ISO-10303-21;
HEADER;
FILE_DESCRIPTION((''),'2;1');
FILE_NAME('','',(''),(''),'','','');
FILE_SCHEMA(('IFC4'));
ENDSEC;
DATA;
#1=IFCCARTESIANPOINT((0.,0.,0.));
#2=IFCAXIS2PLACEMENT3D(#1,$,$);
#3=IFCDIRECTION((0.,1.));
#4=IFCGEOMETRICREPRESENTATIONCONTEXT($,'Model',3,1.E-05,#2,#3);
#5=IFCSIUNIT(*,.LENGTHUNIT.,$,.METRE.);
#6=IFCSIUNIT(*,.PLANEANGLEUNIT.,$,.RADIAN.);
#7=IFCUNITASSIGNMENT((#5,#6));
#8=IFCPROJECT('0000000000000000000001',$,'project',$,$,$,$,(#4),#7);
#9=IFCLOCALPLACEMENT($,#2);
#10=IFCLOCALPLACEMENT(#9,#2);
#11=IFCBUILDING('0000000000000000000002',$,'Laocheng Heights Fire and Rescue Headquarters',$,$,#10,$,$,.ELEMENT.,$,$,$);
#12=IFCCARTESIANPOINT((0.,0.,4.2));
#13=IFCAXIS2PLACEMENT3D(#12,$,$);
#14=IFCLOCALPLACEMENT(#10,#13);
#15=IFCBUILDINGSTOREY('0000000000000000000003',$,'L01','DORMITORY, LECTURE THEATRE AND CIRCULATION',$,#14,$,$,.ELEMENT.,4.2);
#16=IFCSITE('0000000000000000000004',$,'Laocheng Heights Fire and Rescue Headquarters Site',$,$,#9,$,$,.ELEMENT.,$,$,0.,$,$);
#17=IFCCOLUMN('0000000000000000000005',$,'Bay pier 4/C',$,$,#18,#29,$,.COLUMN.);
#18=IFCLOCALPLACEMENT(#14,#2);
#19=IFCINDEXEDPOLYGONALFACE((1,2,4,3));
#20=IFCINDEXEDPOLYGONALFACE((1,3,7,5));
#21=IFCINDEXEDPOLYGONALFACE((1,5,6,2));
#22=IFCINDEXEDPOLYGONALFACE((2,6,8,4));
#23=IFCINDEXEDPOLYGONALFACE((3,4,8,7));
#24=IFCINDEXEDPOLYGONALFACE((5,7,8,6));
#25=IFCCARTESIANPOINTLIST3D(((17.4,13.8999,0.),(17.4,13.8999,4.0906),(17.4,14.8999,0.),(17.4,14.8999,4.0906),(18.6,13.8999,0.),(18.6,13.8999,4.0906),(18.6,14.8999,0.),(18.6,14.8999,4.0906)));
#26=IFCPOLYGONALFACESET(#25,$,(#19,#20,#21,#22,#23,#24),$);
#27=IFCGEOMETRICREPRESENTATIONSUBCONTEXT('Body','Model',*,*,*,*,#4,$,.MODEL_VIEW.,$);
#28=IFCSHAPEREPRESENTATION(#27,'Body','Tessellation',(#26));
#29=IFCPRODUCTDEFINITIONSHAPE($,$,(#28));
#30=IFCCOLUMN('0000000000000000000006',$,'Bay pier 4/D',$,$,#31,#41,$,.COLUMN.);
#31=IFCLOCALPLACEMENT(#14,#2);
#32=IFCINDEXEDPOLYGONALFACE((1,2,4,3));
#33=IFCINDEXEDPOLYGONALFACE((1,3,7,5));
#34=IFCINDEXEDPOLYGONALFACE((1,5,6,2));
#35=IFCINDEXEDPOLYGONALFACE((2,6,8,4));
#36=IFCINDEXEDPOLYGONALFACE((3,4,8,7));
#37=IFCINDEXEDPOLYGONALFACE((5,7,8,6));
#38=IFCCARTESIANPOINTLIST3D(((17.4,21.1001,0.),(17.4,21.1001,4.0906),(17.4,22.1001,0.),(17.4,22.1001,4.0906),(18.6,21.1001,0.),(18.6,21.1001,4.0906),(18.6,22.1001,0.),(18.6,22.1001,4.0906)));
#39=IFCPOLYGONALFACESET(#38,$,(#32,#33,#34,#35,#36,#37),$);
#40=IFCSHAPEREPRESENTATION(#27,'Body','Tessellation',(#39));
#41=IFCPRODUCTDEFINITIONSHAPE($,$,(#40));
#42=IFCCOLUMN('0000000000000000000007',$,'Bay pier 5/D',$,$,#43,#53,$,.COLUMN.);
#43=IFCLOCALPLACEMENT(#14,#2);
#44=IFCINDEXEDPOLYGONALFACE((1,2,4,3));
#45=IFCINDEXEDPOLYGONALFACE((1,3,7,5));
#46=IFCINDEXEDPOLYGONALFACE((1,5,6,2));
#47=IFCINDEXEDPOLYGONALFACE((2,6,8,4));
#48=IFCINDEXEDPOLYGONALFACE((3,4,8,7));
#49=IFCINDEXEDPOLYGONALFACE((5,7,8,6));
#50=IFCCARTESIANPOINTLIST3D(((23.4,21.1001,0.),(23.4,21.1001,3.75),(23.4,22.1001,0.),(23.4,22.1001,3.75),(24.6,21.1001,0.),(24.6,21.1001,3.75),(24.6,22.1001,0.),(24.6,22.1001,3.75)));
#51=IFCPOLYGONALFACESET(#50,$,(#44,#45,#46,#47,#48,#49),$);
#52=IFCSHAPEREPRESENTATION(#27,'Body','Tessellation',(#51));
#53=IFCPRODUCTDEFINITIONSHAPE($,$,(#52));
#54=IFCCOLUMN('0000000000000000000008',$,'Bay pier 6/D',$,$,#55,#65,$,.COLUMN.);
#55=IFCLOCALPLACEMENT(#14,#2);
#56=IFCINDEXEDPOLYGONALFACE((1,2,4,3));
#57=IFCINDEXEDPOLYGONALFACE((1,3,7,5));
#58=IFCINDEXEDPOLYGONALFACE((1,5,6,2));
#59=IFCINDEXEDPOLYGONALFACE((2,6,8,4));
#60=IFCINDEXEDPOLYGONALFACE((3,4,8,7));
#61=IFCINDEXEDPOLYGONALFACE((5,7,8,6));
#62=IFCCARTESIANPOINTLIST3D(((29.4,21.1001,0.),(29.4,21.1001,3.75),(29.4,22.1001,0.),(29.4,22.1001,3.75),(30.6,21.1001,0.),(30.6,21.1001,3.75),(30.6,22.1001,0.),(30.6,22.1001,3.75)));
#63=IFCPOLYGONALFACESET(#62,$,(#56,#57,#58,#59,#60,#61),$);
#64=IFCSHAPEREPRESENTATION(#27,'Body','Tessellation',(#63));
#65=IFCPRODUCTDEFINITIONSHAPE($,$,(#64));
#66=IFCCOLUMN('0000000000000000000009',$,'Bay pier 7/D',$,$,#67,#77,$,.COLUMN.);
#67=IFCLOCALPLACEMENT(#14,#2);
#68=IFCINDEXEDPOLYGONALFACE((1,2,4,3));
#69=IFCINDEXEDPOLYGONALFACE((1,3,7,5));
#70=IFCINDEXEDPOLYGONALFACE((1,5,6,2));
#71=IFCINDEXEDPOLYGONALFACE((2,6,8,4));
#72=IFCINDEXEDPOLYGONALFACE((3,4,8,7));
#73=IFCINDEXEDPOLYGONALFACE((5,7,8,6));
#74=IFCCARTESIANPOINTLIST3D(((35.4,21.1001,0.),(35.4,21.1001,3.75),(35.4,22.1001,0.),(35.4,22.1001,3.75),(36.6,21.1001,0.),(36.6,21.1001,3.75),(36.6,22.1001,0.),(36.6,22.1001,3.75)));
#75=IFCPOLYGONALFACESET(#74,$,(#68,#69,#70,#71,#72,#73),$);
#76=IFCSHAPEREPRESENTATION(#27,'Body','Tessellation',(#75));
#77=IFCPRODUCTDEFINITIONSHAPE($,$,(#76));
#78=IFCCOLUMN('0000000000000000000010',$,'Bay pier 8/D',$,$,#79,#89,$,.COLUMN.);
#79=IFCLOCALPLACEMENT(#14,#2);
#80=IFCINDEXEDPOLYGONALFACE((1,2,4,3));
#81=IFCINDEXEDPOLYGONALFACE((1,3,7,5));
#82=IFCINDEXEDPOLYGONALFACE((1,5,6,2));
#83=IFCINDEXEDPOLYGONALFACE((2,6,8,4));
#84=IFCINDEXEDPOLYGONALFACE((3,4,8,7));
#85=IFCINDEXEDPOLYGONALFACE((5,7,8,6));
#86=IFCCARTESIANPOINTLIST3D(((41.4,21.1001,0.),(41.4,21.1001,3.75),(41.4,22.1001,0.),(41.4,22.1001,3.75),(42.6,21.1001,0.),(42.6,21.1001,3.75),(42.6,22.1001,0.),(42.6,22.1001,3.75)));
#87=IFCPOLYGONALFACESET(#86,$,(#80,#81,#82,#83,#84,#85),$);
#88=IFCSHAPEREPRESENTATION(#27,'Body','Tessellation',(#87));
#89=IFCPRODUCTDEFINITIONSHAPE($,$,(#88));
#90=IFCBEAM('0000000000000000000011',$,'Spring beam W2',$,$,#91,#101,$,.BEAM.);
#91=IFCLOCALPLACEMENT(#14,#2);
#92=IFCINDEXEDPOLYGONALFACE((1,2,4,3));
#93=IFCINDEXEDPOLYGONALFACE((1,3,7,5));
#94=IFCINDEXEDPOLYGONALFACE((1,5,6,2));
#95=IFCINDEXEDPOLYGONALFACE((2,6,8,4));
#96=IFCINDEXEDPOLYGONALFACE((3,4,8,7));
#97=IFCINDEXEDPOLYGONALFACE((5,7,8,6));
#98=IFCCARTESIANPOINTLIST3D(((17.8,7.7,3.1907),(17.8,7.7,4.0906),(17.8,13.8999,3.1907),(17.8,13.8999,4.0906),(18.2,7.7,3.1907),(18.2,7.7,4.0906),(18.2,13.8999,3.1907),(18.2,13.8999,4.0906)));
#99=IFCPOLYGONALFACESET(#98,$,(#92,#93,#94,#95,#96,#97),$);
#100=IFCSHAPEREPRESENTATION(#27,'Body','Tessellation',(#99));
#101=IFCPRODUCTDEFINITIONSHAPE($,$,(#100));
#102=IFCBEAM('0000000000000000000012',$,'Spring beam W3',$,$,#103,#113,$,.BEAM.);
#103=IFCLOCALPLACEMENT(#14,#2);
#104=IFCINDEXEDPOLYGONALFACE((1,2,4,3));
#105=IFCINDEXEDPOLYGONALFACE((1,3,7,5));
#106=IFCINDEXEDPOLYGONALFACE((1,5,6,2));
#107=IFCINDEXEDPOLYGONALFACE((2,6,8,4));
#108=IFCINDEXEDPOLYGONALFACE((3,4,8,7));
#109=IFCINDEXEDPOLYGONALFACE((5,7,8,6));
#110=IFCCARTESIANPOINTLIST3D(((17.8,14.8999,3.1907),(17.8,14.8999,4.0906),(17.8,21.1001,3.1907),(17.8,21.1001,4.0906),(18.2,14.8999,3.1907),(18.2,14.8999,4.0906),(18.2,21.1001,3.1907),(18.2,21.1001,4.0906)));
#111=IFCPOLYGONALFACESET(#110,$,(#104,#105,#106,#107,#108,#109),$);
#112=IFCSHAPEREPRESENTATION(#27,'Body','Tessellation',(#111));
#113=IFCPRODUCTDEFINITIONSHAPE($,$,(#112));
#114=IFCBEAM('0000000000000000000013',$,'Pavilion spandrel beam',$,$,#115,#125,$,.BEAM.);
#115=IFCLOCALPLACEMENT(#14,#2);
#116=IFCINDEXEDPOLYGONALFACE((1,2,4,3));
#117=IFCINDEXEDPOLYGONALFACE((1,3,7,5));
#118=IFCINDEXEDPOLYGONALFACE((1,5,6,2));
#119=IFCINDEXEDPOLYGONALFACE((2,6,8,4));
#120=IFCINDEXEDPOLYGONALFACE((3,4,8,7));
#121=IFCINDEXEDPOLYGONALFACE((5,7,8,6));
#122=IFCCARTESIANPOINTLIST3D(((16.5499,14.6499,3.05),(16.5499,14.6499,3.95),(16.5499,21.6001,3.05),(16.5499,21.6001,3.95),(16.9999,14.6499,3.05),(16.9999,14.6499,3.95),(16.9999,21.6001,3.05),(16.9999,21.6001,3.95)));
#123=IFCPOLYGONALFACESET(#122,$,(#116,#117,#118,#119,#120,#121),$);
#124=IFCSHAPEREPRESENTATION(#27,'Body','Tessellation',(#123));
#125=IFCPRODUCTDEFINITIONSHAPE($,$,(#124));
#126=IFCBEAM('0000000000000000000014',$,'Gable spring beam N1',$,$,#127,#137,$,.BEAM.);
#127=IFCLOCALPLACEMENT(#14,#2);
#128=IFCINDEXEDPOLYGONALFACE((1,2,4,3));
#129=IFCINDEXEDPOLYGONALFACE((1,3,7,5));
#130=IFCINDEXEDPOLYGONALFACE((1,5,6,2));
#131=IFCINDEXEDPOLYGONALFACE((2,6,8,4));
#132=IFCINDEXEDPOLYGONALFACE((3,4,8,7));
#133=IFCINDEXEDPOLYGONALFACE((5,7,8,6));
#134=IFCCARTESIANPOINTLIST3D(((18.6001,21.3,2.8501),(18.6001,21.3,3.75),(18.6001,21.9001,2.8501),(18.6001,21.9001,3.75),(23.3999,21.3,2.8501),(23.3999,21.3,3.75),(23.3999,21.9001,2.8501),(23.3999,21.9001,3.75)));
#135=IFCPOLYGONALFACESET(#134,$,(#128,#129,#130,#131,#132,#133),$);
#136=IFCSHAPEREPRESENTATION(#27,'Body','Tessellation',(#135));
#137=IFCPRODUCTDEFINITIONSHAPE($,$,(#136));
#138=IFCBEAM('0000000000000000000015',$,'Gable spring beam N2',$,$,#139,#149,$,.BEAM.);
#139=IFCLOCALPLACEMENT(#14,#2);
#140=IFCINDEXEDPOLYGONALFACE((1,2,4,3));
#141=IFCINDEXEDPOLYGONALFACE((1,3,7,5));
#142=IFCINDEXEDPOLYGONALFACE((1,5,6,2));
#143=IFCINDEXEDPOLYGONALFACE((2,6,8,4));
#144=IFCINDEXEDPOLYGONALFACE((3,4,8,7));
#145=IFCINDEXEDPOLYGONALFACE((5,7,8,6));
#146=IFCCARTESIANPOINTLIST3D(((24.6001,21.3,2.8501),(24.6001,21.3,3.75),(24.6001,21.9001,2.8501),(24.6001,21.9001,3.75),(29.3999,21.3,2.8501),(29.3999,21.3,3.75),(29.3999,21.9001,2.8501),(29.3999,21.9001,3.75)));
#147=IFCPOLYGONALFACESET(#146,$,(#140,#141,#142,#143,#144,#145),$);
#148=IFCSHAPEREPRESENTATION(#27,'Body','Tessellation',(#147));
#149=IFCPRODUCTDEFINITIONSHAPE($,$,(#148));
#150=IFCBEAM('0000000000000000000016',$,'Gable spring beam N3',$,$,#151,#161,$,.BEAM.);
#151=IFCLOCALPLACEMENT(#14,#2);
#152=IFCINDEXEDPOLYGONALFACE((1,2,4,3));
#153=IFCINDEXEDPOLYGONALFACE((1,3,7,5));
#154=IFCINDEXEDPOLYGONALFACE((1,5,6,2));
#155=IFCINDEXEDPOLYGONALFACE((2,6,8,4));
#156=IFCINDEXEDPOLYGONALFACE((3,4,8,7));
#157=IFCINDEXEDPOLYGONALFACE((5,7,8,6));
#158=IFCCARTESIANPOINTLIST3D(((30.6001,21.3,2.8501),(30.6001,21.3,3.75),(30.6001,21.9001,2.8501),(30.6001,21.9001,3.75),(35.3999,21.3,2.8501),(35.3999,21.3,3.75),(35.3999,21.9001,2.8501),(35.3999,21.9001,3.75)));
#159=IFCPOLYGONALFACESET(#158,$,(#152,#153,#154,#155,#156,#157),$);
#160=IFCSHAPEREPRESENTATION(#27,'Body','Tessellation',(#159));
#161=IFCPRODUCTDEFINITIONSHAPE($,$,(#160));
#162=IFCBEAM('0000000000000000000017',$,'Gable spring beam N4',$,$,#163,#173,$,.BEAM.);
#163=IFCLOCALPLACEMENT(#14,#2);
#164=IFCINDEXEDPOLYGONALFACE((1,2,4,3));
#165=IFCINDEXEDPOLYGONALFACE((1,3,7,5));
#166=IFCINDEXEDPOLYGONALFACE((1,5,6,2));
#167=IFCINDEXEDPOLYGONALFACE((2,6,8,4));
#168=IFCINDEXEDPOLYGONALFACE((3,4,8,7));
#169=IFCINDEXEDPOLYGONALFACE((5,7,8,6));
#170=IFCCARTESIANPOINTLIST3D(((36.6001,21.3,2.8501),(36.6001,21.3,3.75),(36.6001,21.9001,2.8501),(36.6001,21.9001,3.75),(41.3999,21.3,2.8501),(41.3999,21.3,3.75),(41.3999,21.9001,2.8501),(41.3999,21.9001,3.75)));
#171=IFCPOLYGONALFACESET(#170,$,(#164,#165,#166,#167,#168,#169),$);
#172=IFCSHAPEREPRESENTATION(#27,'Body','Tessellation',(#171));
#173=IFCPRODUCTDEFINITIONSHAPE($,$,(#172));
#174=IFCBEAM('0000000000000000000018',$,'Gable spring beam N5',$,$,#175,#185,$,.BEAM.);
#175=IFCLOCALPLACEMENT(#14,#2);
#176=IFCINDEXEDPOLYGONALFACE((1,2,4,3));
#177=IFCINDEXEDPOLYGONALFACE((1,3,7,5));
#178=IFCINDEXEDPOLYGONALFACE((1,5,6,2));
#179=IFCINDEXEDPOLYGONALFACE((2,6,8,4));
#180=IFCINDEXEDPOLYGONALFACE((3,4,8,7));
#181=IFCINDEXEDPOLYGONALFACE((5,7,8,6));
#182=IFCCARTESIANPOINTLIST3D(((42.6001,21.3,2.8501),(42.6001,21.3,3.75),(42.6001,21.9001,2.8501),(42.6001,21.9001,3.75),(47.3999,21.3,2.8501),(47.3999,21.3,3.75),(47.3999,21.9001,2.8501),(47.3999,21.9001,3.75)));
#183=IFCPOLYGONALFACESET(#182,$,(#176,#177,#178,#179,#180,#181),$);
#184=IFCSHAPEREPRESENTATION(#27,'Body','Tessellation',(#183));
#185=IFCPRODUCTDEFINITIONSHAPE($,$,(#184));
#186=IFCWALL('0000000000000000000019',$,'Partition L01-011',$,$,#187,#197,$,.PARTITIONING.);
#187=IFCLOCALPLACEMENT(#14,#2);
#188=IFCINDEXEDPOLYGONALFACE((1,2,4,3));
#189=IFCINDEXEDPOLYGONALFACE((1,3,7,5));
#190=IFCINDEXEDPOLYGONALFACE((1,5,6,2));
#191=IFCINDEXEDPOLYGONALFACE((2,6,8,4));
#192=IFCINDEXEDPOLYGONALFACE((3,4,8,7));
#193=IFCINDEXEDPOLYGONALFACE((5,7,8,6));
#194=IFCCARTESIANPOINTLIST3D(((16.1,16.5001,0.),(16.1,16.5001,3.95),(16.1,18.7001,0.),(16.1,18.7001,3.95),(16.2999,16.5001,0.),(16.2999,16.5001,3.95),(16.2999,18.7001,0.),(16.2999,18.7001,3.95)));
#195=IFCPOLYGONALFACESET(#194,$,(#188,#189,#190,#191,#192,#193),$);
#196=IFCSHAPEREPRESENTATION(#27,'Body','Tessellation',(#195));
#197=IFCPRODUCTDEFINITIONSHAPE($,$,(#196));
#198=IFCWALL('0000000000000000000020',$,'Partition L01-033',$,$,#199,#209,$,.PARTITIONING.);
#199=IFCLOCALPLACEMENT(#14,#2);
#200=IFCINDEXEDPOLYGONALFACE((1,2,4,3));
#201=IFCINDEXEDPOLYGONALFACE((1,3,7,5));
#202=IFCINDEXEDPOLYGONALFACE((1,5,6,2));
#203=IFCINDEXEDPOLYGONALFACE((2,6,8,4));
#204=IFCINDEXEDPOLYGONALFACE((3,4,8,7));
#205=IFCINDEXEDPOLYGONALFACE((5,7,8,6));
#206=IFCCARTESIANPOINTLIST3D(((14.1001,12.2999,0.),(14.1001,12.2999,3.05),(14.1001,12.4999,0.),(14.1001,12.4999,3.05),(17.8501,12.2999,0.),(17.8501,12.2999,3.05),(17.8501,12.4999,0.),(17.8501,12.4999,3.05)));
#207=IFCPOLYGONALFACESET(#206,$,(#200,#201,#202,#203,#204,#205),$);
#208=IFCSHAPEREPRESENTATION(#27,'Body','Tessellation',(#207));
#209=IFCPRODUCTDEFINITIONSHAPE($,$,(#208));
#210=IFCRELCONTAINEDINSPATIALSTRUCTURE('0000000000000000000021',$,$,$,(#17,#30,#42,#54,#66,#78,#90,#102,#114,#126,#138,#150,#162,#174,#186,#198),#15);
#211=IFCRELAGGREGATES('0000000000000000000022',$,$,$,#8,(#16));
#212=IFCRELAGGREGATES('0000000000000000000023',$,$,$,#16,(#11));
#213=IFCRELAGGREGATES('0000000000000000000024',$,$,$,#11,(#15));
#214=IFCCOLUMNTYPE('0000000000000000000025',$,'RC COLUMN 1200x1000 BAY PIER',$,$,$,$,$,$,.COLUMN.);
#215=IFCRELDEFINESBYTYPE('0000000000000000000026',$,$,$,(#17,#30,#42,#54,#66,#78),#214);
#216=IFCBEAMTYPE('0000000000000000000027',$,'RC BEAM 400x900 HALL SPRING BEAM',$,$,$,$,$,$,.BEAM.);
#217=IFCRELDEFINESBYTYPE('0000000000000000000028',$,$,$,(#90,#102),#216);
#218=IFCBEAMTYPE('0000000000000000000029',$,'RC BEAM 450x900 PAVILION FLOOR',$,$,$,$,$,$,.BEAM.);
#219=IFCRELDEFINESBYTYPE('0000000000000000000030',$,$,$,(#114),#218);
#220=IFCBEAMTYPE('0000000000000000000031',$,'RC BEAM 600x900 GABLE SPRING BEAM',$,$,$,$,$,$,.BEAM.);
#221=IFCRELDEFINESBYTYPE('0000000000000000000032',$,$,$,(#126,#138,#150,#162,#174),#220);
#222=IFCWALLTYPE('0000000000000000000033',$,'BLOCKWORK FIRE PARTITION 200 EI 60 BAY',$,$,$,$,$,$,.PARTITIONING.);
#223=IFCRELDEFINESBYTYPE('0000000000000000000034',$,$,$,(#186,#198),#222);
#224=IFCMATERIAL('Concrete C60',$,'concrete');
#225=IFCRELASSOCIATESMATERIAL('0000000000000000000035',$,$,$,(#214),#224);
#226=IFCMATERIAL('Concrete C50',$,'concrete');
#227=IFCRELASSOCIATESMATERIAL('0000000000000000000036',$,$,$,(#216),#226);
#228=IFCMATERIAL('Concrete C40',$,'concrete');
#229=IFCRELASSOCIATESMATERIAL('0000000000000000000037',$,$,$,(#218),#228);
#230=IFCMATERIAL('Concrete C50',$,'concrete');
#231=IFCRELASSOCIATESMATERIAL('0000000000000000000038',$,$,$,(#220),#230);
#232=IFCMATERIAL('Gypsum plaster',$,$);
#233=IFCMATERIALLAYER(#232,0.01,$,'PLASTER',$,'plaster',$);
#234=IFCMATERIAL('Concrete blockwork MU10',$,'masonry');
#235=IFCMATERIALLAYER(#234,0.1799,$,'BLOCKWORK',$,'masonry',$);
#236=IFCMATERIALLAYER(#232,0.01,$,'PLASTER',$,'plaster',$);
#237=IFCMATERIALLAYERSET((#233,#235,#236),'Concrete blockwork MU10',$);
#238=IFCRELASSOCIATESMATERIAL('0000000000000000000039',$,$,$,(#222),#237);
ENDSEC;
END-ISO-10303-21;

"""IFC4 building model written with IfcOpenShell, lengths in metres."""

from ifc_helpers import new_model, si_unit, direction, frame, frame_2d, origin, origin_2d, place, context, subcontext, project, spatial, rectangle, extrude, material, layer, layer_set, material_profile, profile_set, type_object, element, save


model = new_model("IFC4")

# Units and contexts
model_context = context("Model", 3, precision=1e-05, world=origin(), true_north=direction((0.0, 1.0)))
body_context = subcontext(model_context, "Body", "Model", "MODEL_VIEW")
ifc_project = project(units=[si_unit("LENGTHUNIT", "METRE"), si_unit("PLANEANGLEUNIT", "RADIAN")], contexts=[model_context])

# Site, building, storey
site_placement = place(None, origin())
site = spatial("IfcSite", under=ifc_project, at=site_placement, Name="Laocheng Heights Fire and Rescue Headquarters Site", CompositionType="ELEMENT", RefElevation=0.0)
building_placement = place(site_placement, origin())
building = spatial("IfcBuilding", under=site, at=building_placement, Name="Laocheng Heights Fire and Rescue Headquarters", CompositionType="ELEMENT")
storey_placement = place(building_placement, frame((0.0, 0.0, 4.2)))
storey = spatial("IfcBuildingStorey", under=building, at=storey_placement, Name="L01", Description="DORMITORY, LECTURE THEATRE AND CIRCULATION", CompositionType="ELEMENT", Elevation=4.2)

# Columns
ifc_material_1 = material(Name="Concrete C60", Category="concrete")
ifc_material_profile_1 = material_profile(ifc_material_1, rectangle(XDim=1.2, YDim=1.0, at=origin_2d()), Name="RC COLUMN 1200x1000 BAY PIER")
ifc_profile_set_1 = profile_set([ifc_material_profile_1], Name="Concrete C60")
column_type = type_object("IfcColumnType", Name="RC COLUMN 1200x1000 BAY PIER", PredefinedType="COLUMN", material=ifc_profile_set_1)
for number, where, z_axis, x_axis, name in (
    (1, (18.0, 14.3999, 0.0), (0.0, 0.0, 1.0), (1.0, 0.0, 0.0), "Bay pier 4/C"),
    (2, (18.0, 21.6001, 0.0), (0.0, 0.0, 1.0), (1.0, 0.0, 0.0), "Bay pier 4/D"),
):
    element("IfcColumn", number, at=place(storey_placement, frame(where, z_axis=z_axis, x_axis=x_axis)), inside=storey, type_object=column_type, Name=name, PredefinedType="COLUMN", context=body_context, shape_type="SweptSolid", body=[
        extrude(rectangle(XDim=1.2, YDim=1.0, at=origin_2d()), origin(), (0.0, 0.0, 1.0), 4.0906),
    ])
for number, where, z_axis, x_axis, name in (
    (3, (24.0, 21.6001, 0.0), (0.0, 0.0, 1.0), (1.0, 0.0, 0.0), "Bay pier 5/D"),
    (4, (30.0, 21.6001, 0.0), (0.0, 0.0, 1.0), (1.0, 0.0, 0.0), "Bay pier 6/D"),
    (5, (36.0, 21.6001, 0.0), (0.0, 0.0, 1.0), (1.0, 0.0, 0.0), "Bay pier 7/D"),
    (6, (42.0, 21.6001, 0.0), (0.0, 0.0, 1.0), (1.0, 0.0, 0.0), "Bay pier 8/D"),
):
    element("IfcColumn", number, at=place(storey_placement, frame(where, z_axis=z_axis, x_axis=x_axis)), inside=storey, type_object=column_type, Name=name, PredefinedType="COLUMN", context=body_context, shape_type="SweptSolid", body=[
        extrude(rectangle(XDim=1.2, YDim=1.0, at=origin_2d()), origin(), (0.0, 0.0, 1.0), 3.75),
    ])

# Beams
ifc_material_2 = material(Name="Concrete C50", Category="concrete")
ifc_material_profile_2 = material_profile(ifc_material_2, rectangle(XDim=0.3999, YDim=0.8999, at=origin_2d()), Name="RC BEAM 400x900 HALL SPRING BEAM")
ifc_profile_set_2 = profile_set([ifc_material_profile_2], Name="Concrete C50")
beam_type_1 = type_object("IfcBeamType", Name="RC BEAM 400x900 HALL SPRING BEAM", PredefinedType="BEAM", material=ifc_profile_set_2)
beam_1_placement = place(storey_placement, frame((18.0, 7.7, 3.6406), z_axis=(0.0, 1.0, 0.0), x_axis=(-1.0, 0.0, 0.0)))
element("IfcBeam", 7, at=beam_1_placement, inside=storey, type_object=beam_type_1, Name="Spring beam W2", PredefinedType="BEAM", context=body_context, shape_type="SweptSolid", body=[
    extrude(rectangle(XDim=0.3999, YDim=0.8999, at=origin_2d()), origin(), (0.0, 0.0, 1.0), 6.2),
])
beam_2_placement = place(storey_placement, frame((18.0, 14.8999, 3.6406), z_axis=(0.0, 1.0, 0.0), x_axis=(-1.0, 0.0, 0.0)))
element("IfcBeam", 8, at=beam_2_placement, inside=storey, type_object=beam_type_1, Name="Spring beam W3", PredefinedType="BEAM", context=body_context, shape_type="SweptSolid", body=[
    extrude(rectangle(XDim=0.3999, YDim=0.8999, at=origin_2d()), origin(), (0.0, 0.0, 1.0), 6.2002),
])
ifc_material_3 = material(Name="Concrete C40", Category="concrete")
ifc_material_profile_3 = material_profile(ifc_material_3, rectangle(XDim=0.45, YDim=0.8999, at=origin_2d()), Name="RC BEAM 450x900 PAVILION FLOOR")
ifc_profile_set_3 = profile_set([ifc_material_profile_3], Name="Concrete C40")
beam_type_2 = type_object("IfcBeamType", Name="RC BEAM 450x900 PAVILION FLOOR", PredefinedType="BEAM", material=ifc_profile_set_3)
beam_3_placement = place(storey_placement, frame((16.7749, 14.6499, 3.5), z_axis=(0.0, 1.0, 0.0), x_axis=(-1.0, 0.0, 0.0)))
element("IfcBeam", 9, at=beam_3_placement, inside=storey, type_object=beam_type_2, Name="Pavilion spandrel beam", PredefinedType="BEAM", context=body_context, shape_type="SweptSolid", body=[
    extrude(rectangle(XDim=0.45, YDim=0.8999, at=origin_2d()), origin(), (0.0, 0.0, 1.0), 6.9502),
])
ifc_material_4 = material(Name="Concrete C50", Category="concrete")
ifc_material_profile_4 = material_profile(ifc_material_4, rectangle(XDim=0.6001, YDim=0.8999, at=origin_2d()), Name="RC BEAM 600x900 GABLE SPRING BEAM")
ifc_profile_set_4 = profile_set([ifc_material_profile_4], Name="Concrete C50")
beam_type_3 = type_object("IfcBeamType", Name="RC BEAM 600x900 GABLE SPRING BEAM", PredefinedType="BEAM", material=ifc_profile_set_4)
for number, where, z_axis, x_axis, name in (
    (10, (18.6001, 21.6001, 3.3), (1.0, 0.0, 0.0), (0.0, 1.0, 0.0), "Gable spring beam N1"),
    (11, (24.6001, 21.6001, 3.3), (1.0, 0.0, 0.0), (0.0, 1.0, 0.0), "Gable spring beam N2"),
    (12, (30.6001, 21.6001, 3.3), (1.0, 0.0, 0.0), (0.0, 1.0, 0.0), "Gable spring beam N3"),
    (13, (36.6001, 21.6001, 3.3), (1.0, 0.0, 0.0), (0.0, 1.0, 0.0), "Gable spring beam N4"),
    (14, (42.6001, 21.6001, 3.3), (1.0, 0.0, 0.0), (0.0, 1.0, 0.0), "Gable spring beam N5"),
):
    element("IfcBeam", number, at=place(storey_placement, frame(where, z_axis=z_axis, x_axis=x_axis)), inside=storey, type_object=beam_type_3, Name=name, PredefinedType="BEAM", context=body_context, shape_type="SweptSolid", body=[
        extrude(rectangle(XDim=0.6001, YDim=0.8999, at=origin_2d()), origin(), (0.0, 0.0, 1.0), 4.7998),
    ])

# Walls
ifc_material_5 = material(Name="Gypsum plaster")
ifc_layer_1 = layer(ifc_material_5, 0.01, Name="PLASTER", Category="plaster")
ifc_material_6 = material(Name="Concrete blockwork MU10", Category="masonry")
ifc_layer_2 = layer(ifc_material_6, 0.1799, Name="BLOCKWORK", Category="masonry")
ifc_layer_3 = layer(ifc_material_5, 0.01, Name="PLASTER", Category="plaster")
ifc_layer_set_1 = layer_set([ifc_layer_1, ifc_layer_2, ifc_layer_3], Name="Concrete blockwork MU10")
wall_type_1 = type_object("IfcWallType", Name="BLOCKWORK FIRE PARTITION 200 EI 60 BAY", PredefinedType="PARTITIONING", material=ifc_layer_set_1)
wall_1_placement = place(storey_placement, frame((16.2, 16.5, 0.0), z_axis=(0.0, 0.0, 1.0), x_axis=(0.0, 1.0, 0.0)))
element("IfcWall", 15, at=wall_1_placement, inside=storey, type_object=wall_type_1, Name="Partition L01-011", PredefinedType="PARTITIONING", context=body_context, shape_type="SweptSolid", body=[
    extrude(rectangle(XDim=2.2, YDim=0.2, at=frame_2d((1.1001, 0.0))), origin(), (0.0, 0.0, 1.0), 3.95),
])
wall_2_placement = place(storey_placement, frame((14.1001, 12.3999, 0.0), z_axis=(0.0, 0.0, 1.0), x_axis=(1.0, 0.0, 0.0)))
element("IfcWall", 16, at=wall_2_placement, inside=storey, type_object=wall_type_1, Name="Partition L01-033", PredefinedType="PARTITIONING", context=body_context, shape_type="SweptSolid", body=[
    extrude(rectangle(XDim=3.75, YDim=0.2, at=frame_2d((1.875, 0.0))), origin(), (0.0, 0.0, 1.0), 3.05),
])

save(model, "model.ifc")
